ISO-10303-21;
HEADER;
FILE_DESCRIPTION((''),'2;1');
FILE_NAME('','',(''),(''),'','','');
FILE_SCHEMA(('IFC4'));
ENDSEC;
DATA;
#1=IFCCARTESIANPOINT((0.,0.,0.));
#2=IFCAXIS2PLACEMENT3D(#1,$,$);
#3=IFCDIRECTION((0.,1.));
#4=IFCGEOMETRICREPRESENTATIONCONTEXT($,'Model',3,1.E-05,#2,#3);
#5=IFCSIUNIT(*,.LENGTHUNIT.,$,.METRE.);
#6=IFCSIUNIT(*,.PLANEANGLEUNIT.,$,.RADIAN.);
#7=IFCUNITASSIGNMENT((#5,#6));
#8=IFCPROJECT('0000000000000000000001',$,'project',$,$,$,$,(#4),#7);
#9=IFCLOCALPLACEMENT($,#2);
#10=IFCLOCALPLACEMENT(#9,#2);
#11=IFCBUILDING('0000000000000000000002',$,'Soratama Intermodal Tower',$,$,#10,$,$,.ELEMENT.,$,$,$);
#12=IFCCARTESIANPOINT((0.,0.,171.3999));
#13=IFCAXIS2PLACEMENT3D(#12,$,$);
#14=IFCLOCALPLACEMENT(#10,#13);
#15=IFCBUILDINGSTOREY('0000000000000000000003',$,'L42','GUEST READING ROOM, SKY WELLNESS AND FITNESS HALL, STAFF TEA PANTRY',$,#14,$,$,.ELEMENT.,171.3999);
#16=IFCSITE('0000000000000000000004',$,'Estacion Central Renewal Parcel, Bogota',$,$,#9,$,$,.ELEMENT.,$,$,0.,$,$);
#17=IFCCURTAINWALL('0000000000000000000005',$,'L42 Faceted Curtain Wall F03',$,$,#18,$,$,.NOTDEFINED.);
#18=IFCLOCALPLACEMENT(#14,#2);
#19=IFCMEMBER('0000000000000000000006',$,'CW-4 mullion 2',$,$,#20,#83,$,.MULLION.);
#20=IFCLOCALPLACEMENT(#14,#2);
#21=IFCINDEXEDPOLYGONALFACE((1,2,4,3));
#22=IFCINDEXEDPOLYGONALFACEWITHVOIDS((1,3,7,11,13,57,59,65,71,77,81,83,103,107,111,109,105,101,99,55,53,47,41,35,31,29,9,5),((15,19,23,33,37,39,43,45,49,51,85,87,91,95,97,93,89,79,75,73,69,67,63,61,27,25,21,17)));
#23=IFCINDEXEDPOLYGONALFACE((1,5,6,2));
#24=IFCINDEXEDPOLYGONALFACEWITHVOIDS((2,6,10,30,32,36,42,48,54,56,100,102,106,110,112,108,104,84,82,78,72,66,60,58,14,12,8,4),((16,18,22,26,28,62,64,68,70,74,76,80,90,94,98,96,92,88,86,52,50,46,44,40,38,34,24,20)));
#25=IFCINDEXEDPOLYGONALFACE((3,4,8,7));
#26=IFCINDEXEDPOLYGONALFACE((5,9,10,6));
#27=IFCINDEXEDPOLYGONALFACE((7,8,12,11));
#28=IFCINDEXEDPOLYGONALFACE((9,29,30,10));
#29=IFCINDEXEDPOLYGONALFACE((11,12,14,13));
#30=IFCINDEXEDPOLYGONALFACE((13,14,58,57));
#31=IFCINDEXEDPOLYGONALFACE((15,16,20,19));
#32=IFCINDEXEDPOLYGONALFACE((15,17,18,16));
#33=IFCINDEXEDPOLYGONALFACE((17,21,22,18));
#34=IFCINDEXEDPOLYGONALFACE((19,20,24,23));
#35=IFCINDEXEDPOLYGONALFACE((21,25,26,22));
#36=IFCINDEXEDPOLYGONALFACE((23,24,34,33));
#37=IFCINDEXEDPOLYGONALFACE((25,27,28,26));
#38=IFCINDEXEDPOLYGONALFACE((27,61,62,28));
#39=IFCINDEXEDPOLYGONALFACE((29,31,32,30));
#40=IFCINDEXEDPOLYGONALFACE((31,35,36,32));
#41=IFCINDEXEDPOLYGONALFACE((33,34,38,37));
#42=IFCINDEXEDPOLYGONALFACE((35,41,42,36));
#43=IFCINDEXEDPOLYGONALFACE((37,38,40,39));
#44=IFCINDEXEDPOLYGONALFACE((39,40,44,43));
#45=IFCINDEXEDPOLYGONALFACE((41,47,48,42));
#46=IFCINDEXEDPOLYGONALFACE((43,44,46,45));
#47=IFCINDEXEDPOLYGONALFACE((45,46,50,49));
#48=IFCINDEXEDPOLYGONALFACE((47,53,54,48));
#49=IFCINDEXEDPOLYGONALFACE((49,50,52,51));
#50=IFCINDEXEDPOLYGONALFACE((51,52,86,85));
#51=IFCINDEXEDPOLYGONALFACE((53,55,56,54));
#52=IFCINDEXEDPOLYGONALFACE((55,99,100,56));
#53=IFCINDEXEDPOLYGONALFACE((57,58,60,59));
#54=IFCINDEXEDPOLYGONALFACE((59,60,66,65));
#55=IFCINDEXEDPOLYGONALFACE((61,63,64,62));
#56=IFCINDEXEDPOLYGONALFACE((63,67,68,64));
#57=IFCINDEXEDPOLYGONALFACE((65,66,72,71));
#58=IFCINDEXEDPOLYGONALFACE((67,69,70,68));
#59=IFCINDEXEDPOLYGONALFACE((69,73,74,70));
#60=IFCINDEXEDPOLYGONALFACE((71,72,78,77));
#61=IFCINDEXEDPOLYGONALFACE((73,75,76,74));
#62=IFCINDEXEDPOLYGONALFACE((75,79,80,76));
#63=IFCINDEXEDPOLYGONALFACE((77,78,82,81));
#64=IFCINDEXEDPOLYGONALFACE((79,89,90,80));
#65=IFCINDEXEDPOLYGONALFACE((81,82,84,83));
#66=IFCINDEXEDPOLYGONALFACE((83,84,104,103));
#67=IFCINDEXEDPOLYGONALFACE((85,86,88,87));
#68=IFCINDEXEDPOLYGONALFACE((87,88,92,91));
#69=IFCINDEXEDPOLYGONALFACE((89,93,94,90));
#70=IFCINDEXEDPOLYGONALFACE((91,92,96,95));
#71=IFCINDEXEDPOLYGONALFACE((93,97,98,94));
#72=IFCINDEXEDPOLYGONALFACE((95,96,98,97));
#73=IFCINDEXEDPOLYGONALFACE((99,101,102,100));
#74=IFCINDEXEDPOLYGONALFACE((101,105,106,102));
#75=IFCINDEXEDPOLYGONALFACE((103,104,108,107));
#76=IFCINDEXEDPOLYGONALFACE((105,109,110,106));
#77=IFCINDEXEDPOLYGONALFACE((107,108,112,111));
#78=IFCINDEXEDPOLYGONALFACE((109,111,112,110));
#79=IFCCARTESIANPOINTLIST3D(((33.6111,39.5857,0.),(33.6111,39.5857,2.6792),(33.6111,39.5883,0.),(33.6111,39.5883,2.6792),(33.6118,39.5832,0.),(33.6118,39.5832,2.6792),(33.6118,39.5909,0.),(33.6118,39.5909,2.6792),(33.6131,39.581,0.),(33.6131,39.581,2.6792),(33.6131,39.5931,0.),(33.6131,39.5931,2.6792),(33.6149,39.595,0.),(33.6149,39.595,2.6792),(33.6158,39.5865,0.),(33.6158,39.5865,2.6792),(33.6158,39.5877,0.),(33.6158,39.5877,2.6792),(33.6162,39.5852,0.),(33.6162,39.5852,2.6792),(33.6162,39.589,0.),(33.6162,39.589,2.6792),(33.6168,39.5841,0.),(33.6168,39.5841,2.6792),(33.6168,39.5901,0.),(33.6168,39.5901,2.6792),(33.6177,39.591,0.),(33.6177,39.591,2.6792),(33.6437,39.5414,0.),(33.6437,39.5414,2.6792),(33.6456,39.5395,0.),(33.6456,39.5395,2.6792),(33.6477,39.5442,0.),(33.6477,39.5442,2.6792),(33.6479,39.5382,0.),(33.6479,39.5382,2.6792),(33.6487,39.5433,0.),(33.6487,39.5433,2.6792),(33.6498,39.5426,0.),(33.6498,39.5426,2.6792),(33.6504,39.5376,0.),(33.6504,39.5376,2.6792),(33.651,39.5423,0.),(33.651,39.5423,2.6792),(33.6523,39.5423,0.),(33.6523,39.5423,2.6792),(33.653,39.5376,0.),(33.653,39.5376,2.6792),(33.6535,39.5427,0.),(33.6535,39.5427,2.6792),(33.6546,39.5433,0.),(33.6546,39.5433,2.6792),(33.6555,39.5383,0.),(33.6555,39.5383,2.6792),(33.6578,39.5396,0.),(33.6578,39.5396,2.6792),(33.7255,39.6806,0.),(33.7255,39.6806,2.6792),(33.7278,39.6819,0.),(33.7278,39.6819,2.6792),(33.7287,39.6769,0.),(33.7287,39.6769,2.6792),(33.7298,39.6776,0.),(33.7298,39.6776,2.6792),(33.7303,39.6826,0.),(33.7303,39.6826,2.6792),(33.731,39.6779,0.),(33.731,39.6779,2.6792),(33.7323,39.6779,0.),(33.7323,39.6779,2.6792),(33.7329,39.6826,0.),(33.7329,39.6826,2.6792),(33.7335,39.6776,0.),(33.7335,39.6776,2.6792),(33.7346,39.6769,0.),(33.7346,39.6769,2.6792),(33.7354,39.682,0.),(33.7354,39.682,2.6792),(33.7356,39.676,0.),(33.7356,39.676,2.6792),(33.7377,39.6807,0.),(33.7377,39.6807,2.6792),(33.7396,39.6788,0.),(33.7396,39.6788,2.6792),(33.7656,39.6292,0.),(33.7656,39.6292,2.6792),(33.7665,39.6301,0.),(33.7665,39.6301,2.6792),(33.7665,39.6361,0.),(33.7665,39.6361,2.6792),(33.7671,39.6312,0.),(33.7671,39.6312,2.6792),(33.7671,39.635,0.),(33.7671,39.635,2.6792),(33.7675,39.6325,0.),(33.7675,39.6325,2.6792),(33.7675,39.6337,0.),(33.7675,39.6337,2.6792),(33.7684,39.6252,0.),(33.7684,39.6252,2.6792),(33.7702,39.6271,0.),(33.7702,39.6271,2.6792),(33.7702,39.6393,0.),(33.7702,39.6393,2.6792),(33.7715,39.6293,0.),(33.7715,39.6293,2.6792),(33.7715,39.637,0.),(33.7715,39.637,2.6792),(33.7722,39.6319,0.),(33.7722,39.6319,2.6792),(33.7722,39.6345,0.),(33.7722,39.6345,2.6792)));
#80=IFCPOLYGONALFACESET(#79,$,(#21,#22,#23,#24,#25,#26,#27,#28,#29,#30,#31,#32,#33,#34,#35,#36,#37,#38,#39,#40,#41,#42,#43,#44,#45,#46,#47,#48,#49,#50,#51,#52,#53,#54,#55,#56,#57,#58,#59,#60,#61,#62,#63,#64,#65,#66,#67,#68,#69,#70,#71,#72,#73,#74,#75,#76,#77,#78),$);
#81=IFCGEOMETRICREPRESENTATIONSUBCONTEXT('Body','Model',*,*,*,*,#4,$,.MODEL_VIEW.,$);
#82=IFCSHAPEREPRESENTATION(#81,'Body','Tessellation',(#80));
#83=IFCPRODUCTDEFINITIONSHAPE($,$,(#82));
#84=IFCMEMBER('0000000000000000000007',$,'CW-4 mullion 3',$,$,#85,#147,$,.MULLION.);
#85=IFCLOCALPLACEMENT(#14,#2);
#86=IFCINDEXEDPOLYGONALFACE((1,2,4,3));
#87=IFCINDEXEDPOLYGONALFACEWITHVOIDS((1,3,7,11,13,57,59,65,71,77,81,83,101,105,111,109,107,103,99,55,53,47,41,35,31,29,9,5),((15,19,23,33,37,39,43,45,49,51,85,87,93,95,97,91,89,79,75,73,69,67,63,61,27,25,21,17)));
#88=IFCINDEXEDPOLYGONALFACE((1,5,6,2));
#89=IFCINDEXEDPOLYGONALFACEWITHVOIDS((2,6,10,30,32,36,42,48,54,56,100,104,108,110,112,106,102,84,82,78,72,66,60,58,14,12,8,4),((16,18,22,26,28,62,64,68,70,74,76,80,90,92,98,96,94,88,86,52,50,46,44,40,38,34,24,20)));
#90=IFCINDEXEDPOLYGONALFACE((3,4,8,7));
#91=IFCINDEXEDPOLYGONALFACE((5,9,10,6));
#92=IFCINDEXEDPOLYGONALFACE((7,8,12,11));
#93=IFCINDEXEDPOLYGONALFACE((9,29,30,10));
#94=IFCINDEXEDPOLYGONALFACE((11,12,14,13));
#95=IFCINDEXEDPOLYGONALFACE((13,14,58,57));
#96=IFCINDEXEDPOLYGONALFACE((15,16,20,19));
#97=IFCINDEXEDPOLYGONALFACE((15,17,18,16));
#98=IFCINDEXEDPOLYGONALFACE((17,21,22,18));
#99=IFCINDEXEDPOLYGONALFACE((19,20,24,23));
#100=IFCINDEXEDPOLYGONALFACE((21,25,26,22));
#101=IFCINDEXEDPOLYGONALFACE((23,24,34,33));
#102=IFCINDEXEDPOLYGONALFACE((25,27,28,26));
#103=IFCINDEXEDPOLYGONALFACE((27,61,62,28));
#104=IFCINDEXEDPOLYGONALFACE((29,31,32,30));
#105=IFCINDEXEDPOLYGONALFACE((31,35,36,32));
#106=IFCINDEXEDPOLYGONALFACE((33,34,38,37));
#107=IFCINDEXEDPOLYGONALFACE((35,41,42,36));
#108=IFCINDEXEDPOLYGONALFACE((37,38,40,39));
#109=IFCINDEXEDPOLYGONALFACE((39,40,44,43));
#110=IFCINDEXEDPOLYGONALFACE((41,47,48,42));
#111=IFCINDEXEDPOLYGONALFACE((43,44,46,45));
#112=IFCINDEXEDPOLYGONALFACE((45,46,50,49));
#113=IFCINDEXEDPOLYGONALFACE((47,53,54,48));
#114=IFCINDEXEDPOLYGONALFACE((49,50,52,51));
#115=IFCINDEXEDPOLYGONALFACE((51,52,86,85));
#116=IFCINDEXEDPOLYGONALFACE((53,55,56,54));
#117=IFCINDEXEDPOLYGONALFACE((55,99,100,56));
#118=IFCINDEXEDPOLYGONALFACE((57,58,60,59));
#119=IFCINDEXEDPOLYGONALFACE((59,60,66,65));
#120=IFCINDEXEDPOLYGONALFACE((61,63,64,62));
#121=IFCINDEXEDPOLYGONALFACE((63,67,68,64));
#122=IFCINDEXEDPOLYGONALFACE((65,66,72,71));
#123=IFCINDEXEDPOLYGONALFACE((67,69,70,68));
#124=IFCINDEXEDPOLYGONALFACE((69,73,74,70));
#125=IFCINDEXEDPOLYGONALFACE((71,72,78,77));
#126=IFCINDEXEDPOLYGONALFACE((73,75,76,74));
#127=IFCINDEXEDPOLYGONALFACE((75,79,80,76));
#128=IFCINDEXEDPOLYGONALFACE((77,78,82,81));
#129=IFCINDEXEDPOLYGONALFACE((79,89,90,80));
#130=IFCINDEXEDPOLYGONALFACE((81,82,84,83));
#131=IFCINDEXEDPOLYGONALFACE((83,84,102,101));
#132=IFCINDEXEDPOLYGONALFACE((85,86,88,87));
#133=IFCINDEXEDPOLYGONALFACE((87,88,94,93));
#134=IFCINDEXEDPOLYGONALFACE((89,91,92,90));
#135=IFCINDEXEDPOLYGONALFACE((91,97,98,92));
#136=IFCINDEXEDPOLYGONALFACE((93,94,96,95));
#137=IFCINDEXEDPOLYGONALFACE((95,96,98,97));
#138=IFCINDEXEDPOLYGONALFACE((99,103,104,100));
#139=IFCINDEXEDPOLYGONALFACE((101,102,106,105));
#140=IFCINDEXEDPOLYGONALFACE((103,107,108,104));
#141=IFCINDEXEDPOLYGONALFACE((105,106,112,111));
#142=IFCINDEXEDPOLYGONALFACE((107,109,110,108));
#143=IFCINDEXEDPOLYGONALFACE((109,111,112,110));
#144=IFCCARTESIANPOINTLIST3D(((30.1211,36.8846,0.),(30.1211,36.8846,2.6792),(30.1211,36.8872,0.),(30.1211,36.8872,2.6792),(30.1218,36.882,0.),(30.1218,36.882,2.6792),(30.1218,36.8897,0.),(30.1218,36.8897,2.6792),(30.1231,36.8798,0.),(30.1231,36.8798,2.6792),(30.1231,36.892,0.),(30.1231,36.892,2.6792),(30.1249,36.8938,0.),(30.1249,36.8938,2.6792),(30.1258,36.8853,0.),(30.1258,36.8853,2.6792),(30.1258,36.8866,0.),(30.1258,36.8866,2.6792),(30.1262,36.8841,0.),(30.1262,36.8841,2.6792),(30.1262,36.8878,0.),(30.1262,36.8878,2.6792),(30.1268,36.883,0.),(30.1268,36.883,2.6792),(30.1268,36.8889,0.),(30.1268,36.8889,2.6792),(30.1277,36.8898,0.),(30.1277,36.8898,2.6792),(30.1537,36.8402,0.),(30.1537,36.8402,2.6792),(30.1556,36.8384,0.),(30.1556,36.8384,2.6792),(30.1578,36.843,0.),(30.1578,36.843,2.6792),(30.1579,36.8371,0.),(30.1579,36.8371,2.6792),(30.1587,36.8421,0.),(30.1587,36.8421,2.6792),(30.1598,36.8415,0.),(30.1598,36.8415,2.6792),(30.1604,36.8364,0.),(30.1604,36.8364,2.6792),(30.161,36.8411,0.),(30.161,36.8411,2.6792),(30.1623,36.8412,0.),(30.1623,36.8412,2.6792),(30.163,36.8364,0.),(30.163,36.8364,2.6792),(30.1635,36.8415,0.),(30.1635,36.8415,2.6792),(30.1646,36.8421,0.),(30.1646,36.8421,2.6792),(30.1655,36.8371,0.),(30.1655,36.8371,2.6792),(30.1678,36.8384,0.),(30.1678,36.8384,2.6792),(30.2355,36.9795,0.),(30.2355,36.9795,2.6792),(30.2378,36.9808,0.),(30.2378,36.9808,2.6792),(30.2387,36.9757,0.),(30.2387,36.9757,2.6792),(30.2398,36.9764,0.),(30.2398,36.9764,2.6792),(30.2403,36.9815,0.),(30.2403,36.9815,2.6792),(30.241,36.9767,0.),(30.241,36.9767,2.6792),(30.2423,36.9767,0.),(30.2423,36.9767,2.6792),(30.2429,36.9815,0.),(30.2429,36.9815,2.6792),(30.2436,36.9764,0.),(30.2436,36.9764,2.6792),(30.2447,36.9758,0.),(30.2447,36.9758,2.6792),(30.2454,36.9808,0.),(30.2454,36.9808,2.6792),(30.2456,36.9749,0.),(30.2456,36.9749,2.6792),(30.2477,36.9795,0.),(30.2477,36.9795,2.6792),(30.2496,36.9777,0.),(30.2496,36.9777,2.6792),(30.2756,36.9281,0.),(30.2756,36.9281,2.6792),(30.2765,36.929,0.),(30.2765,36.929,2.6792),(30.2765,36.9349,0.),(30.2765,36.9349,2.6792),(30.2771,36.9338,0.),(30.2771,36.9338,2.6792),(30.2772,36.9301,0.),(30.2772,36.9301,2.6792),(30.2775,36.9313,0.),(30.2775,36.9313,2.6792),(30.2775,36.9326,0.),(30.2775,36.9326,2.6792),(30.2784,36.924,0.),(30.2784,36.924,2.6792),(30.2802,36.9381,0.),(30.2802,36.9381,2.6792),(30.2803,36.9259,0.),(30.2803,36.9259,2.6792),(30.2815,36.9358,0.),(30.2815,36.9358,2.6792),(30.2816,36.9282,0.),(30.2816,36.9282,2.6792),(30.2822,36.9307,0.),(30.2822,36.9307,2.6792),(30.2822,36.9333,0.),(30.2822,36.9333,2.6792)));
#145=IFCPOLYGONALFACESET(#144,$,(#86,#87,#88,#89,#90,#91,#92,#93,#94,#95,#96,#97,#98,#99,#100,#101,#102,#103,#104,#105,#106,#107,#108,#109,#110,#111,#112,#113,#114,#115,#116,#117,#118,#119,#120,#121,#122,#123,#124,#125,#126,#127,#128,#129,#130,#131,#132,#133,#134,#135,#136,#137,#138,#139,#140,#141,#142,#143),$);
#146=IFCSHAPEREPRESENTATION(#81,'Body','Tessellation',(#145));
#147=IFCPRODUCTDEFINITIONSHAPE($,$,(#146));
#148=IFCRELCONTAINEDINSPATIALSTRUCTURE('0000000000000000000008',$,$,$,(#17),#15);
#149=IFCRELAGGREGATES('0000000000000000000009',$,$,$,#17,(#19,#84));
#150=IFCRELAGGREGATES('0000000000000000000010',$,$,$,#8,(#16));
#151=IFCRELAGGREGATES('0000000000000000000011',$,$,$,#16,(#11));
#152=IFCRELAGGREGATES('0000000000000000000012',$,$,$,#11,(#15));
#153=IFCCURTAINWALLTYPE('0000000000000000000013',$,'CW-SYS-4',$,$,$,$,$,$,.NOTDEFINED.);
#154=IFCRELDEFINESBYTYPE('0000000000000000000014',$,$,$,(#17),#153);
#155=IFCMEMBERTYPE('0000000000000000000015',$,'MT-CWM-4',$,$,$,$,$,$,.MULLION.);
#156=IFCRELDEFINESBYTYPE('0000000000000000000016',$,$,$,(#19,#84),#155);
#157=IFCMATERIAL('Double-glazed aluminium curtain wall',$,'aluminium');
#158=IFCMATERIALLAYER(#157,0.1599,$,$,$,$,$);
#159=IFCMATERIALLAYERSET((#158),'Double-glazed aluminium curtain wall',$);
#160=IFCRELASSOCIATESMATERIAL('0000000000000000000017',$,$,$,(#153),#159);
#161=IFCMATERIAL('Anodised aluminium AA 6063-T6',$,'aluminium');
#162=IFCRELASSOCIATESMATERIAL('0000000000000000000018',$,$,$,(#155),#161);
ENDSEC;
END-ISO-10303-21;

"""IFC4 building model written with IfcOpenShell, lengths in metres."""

from ifc_helpers import new_model, si_unit, direction, frame, origin, origin_2d, place, context, subcontext, project, spatial, hollow_rectangle, extrude, material, layer, layer_set, material_profile, profile_set, type_object, element, aggregate, save


model = new_model("IFC4")

# Units and contexts
model_context = context("Model", 3, precision=1e-05, world=origin(), true_north=direction((0.0, 1.0)))
body_context = subcontext(model_context, "Body", "Model", "MODEL_VIEW")
ifc_project = project(units=[si_unit("LENGTHUNIT", "METRE"), si_unit("PLANEANGLEUNIT", "RADIAN")], contexts=[model_context])

# Site, building, storey
site_placement = place(None, origin())
site = spatial("IfcSite", under=ifc_project, at=site_placement, Name="Estacion Central Renewal Parcel, Bogota", CompositionType="ELEMENT", RefElevation=0.0)
building_placement = place(site_placement, origin())
building = spatial("IfcBuilding", under=site, at=building_placement, Name="Soratama Intermodal Tower", CompositionType="ELEMENT")
storey_placement = place(building_placement, frame((0.0, 0.0, 171.3999)))
storey = spatial("IfcBuildingStorey", under=building, at=storey_placement, Name="L42", Description="GUEST READING ROOM, SKY WELLNESS AND FITNESS HALL, STAFF TEA PANTRY", CompositionType="ELEMENT", Elevation=171.3999)

# Curtain wall, members
ifc_material_1 = material(Name="Double-glazed aluminium curtain wall", Category="aluminium")
ifc_layer_1 = layer(ifc_material_1, 0.1599)
ifc_layer_set_1 = layer_set([ifc_layer_1], Name="Double-glazed aluminium curtain wall")
curtain_wall_type = type_object("IfcCurtainWallType", Name="CW-SYS-4", PredefinedType="NOTDEFINED", material=ifc_layer_set_1)
curtain_wall_placement = place(storey_placement, origin())
curtain_wall = element("IfcCurtainWall", 1, at=curtain_wall_placement, inside=storey, type_object=curtain_wall_type, Name="L42 Faceted Curtain Wall F03", PredefinedType="NOTDEFINED")
ifc_material_2 = material(Name="Anodised aluminium AA 6063-T6", Category="aluminium")
ifc_material_profile_1 = material_profile(ifc_material_2, hollow_rectangle(XDim=0.0701, YDim=0.1599, WallThickness=0.0049, InnerFilletRadius=0.0049, OuterFilletRadius=0.01, at=origin_2d()), Name="CWM160X70X5")
ifc_profile_set_1 = profile_set([ifc_material_profile_1], Name="Anodised aluminium AA 6063-T6")
member_type_1 = type_object("IfcMemberType", Name="MT-CWM-4", PredefinedType="MULLION", material=ifc_profile_set_1)
member_1_placement = place(storey_placement, frame((33.6917, 39.6101, 0.0), z_axis=(0.0, 0.0, 1.0), x_axis=(0.612073, -0.790801, 0.0)))
member_1 = element("IfcMember", 2, at=member_1_placement, type_object=member_type_1, Name="CW-4 mullion 2", PredefinedType="MULLION", context=body_context, shape_type="SweptSolid", body=[
    extrude(hollow_rectangle(XDim=0.0701, YDim=0.1599, WallThickness=0.0049, InnerFilletRadius=0.0049, OuterFilletRadius=0.01, at=origin_2d()), origin(), (0.0, 0.0, 1.0), 2.6792),
])
member_2_placement = place(storey_placement, frame((30.2017, 36.9089, 0.0), z_axis=(0.0, 0.0, 1.0), x_axis=(0.612073, -0.790801, 0.0)))
member_2 = element("IfcMember", 3, at=member_2_placement, type_object=member_type_1, Name="CW-4 mullion 3", PredefinedType="MULLION", context=body_context, shape_type="SweptSolid", body=[
    extrude(hollow_rectangle(XDim=0.0701, YDim=0.1599, WallThickness=0.0049, InnerFilletRadius=0.0049, OuterFilletRadius=0.01, at=origin_2d()), origin(), (0.0, 0.0, 1.0), 2.6792),
])
aggregate(curtain_wall, [member_1, member_2])

save(model, "model.ifc")
